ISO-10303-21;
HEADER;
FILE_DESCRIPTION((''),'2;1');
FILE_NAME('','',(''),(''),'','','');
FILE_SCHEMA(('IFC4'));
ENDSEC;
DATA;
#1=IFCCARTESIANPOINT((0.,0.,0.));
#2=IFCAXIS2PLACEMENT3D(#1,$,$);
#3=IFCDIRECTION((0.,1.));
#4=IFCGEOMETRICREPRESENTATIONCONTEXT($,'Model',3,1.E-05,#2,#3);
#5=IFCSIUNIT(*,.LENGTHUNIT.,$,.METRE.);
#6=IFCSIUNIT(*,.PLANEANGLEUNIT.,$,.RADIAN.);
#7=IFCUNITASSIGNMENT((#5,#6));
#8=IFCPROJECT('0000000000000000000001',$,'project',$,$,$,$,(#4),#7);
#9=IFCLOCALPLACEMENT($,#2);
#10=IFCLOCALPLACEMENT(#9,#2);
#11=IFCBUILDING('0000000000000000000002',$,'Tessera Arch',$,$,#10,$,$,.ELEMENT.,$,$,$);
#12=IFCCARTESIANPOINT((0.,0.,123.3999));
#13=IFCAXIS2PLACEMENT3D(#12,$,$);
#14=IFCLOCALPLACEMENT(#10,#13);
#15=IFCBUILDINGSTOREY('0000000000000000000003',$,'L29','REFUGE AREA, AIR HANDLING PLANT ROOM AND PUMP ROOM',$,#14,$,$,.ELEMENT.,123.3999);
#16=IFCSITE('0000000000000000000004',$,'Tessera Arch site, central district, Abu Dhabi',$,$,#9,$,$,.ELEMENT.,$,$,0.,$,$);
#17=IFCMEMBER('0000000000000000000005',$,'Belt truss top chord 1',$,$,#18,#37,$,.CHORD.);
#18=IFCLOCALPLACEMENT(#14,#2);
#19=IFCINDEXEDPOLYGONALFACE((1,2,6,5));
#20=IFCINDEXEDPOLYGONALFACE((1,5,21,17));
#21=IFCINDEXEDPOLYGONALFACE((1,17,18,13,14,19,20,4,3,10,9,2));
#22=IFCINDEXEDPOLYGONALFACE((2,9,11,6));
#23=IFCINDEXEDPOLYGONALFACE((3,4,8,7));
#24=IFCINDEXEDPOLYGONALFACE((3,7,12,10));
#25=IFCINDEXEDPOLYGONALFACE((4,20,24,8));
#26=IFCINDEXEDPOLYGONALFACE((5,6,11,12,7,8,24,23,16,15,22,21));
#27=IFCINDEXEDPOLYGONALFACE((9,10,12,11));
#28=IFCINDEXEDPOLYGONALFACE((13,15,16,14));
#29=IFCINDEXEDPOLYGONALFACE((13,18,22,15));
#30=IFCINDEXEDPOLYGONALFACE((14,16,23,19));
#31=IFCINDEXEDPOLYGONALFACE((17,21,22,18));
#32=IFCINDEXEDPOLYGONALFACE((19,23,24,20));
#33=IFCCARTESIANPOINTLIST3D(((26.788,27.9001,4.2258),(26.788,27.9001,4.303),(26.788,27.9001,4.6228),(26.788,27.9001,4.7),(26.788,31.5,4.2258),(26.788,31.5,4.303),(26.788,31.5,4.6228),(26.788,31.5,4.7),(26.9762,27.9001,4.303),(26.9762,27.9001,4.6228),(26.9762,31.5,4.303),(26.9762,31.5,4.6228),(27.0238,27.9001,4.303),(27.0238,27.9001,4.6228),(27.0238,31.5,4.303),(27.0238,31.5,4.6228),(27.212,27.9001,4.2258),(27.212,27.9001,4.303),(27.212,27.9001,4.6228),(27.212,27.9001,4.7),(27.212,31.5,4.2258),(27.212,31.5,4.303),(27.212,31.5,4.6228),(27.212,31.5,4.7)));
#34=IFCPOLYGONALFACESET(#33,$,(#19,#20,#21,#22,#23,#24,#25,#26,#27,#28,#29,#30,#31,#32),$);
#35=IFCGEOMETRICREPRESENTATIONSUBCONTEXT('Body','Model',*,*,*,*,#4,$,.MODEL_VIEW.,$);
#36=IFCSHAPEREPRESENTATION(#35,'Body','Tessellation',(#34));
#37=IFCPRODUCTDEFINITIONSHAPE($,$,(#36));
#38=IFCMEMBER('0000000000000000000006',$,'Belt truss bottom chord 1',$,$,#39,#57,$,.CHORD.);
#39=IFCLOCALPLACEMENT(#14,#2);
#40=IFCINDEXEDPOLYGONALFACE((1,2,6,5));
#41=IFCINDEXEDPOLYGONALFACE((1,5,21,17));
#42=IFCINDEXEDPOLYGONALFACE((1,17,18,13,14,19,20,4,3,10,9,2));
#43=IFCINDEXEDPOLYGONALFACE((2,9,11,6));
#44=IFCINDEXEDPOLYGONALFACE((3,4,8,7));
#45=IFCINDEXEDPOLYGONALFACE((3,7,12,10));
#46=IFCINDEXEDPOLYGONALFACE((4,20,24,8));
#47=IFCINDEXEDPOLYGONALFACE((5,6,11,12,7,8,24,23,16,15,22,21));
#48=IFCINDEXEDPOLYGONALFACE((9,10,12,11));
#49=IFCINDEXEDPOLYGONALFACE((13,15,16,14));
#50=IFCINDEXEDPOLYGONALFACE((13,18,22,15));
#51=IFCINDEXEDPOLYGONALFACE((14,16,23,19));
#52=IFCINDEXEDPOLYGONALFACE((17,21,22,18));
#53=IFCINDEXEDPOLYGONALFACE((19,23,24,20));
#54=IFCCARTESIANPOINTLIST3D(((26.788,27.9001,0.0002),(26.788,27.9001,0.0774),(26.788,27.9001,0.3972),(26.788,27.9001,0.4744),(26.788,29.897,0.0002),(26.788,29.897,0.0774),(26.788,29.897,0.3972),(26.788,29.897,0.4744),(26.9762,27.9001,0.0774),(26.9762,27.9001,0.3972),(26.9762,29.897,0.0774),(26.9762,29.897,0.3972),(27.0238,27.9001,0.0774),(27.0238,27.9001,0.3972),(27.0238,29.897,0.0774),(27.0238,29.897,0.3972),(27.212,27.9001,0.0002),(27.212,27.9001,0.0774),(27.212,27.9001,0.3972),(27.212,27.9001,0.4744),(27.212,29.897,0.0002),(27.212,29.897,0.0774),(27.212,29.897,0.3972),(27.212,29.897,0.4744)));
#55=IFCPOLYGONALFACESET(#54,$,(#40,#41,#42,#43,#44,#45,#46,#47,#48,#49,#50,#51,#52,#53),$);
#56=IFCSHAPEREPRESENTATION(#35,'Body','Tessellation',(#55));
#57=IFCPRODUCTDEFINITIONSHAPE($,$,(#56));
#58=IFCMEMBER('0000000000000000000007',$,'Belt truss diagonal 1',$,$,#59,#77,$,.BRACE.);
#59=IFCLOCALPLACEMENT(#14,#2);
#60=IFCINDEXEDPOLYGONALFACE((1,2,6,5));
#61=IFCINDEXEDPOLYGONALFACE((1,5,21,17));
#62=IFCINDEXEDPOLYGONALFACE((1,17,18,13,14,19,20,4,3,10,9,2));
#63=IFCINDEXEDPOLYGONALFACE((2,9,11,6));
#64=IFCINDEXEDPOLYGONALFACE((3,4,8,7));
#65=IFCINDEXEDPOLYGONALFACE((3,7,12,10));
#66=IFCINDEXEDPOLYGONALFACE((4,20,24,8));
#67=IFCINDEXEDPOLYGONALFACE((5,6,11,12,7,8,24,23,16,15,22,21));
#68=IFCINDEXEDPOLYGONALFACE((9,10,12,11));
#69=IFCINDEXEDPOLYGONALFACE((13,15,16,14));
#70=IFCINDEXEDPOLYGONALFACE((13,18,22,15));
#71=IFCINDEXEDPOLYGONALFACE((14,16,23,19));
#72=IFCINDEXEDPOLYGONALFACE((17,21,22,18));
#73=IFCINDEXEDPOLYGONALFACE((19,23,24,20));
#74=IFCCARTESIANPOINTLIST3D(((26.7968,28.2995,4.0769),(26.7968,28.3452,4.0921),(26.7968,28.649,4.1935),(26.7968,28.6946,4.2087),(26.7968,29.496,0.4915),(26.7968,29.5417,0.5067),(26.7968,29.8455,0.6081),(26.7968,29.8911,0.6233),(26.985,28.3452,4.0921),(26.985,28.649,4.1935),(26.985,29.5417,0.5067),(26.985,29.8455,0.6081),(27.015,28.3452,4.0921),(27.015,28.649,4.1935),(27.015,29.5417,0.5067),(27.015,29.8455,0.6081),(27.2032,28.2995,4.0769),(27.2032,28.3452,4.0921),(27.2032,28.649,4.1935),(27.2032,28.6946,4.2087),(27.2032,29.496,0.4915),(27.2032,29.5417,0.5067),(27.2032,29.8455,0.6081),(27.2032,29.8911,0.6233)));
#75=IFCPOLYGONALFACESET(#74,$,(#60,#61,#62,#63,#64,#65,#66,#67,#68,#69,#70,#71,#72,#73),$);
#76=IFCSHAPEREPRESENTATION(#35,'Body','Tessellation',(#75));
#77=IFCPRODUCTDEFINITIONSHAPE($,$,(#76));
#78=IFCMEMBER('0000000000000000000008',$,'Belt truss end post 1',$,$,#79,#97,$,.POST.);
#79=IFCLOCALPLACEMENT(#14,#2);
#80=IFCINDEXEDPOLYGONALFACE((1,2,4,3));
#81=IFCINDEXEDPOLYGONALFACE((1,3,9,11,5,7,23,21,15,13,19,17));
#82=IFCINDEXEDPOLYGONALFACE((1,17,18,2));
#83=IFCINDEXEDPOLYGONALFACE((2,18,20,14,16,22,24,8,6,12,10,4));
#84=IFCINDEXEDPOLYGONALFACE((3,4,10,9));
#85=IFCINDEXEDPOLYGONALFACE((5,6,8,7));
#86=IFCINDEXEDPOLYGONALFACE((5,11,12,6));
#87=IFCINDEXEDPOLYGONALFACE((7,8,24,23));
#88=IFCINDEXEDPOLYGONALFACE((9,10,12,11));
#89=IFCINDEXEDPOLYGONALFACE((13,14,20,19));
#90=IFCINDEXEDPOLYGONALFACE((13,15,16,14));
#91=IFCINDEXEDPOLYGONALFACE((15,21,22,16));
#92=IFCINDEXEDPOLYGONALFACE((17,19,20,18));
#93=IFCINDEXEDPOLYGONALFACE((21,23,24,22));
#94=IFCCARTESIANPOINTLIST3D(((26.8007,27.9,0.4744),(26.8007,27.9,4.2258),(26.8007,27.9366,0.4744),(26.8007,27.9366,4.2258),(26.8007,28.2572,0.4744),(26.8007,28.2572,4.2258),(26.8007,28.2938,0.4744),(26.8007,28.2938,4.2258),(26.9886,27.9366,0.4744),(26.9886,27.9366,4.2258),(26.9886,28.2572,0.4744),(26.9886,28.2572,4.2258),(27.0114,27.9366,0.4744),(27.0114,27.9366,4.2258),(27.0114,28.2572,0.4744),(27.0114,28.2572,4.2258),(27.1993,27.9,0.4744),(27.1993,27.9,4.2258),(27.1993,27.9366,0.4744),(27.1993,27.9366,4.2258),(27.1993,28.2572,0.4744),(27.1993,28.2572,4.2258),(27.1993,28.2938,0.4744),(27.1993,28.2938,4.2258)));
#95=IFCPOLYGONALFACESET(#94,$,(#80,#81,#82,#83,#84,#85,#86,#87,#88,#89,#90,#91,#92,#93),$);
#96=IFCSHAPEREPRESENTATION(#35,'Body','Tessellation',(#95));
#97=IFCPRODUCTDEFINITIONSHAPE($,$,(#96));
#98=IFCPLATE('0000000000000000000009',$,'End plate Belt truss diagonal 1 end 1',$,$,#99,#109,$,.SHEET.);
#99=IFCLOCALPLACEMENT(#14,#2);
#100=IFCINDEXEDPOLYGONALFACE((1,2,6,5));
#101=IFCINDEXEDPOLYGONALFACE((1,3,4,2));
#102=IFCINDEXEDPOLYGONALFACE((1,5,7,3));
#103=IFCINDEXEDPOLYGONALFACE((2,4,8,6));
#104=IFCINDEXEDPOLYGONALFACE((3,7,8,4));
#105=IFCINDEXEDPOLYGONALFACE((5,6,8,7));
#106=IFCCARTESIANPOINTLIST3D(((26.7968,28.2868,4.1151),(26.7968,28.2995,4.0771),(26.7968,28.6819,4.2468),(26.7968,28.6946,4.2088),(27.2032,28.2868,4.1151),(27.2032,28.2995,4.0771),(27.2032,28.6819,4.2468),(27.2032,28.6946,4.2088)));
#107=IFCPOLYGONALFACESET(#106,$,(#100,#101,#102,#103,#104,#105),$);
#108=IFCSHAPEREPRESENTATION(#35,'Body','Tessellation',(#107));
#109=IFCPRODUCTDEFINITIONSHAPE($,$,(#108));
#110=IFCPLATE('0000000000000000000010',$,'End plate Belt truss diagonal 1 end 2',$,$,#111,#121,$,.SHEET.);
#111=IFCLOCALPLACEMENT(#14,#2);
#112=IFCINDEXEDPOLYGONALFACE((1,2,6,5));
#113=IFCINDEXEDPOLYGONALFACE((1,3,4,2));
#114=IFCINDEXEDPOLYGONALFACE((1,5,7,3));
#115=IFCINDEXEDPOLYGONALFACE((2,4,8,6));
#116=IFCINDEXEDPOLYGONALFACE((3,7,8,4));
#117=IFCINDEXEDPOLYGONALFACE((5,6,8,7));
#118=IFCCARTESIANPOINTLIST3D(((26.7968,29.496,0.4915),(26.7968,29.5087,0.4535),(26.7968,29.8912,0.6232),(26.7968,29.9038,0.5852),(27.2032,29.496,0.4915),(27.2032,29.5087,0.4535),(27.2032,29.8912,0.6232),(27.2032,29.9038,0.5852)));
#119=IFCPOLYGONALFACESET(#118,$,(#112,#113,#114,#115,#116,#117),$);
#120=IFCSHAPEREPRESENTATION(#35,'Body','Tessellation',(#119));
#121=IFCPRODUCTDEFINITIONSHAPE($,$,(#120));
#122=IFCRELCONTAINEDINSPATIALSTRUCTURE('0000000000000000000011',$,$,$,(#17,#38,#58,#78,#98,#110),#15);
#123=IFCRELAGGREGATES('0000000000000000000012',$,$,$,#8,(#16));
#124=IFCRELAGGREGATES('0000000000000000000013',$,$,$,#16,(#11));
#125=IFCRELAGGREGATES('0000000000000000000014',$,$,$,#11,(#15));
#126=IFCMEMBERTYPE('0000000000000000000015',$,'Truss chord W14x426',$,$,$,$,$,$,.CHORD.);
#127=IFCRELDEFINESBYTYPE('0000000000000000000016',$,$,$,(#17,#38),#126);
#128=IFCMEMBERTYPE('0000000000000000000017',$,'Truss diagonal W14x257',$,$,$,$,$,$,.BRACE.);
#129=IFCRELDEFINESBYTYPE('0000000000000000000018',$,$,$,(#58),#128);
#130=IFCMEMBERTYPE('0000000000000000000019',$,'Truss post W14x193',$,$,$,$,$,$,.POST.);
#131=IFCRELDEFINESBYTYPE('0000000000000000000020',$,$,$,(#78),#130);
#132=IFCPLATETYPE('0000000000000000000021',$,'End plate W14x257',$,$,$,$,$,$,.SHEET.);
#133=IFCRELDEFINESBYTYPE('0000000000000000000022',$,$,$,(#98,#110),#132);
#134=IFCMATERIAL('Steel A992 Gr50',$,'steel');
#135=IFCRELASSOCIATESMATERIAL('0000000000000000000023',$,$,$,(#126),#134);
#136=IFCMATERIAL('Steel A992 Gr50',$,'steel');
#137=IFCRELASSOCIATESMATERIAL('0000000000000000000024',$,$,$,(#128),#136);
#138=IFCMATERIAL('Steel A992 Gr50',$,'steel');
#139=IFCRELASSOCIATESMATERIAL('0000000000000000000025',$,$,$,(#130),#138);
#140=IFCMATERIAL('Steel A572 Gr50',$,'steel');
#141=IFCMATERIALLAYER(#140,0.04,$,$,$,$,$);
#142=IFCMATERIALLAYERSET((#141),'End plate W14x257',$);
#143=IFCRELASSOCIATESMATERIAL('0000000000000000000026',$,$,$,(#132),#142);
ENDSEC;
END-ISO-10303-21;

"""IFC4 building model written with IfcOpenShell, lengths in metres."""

from ifc_helpers import new_model, si_unit, direction, frame, origin, origin_2d, place, context, subcontext, project, spatial, rectangle, i_section, extrude, material, layer, layer_set, material_profile, profile_set, type_object, element, save


model = new_model("IFC4")

# Units and contexts
model_context = context("Model", 3, precision=1e-05, world=origin(), true_north=direction((0.0, 1.0)))
body_context = subcontext(model_context, "Body", "Model", "MODEL_VIEW")
ifc_project = project(units=[si_unit("LENGTHUNIT", "METRE"), si_unit("PLANEANGLEUNIT", "RADIAN")], contexts=[model_context])

# Site, building, storey
site_placement = place(None, origin())
site = spatial("IfcSite", under=ifc_project, at=site_placement, Name="Tessera Arch site, central district, Abu Dhabi", CompositionType="ELEMENT", RefElevation=0.0)
building_placement = place(site_placement, origin())
building = spatial("IfcBuilding", under=site, at=building_placement, Name="Tessera Arch", CompositionType="ELEMENT")
storey_placement = place(building_placement, frame((0.0, 0.0, 123.3999)))
storey = spatial("IfcBuildingStorey", under=building, at=storey_placement, Name="L29", Description="REFUGE AREA, AIR HANDLING PLANT ROOM AND PUMP ROOM", CompositionType="ELEMENT", Elevation=123.3999)

# Members
ifc_material_1 = material(Name="Steel A992 Gr50", Category="steel")
ifc_material_profile_1 = material_profile(ifc_material_1, i_section(OverallWidth=0.4241, OverallDepth=0.4741, WebThickness=0.0476, FlangeThickness=0.0771, at=origin_2d()), Name="W14x426")
ifc_profile_set_1 = profile_set([ifc_material_profile_1], Name="Steel A992 Gr50")
member_type_1 = type_object("IfcMemberType", Name="Truss chord W14x426", PredefinedType="CHORD", material=ifc_profile_set_1)
member_1_placement = place(storey_placement, frame((27.0, 27.9001, 4.4629), z_axis=(0.0, 1.0, 0.0), x_axis=(-1.0, 0.0, 0.0)))
element("IfcMember", 1, at=member_1_placement, inside=storey, type_object=member_type_1, Name="Belt truss top chord 1", PredefinedType="CHORD", context=body_context, shape_type="SweptSolid", body=[
    extrude(i_section(OverallWidth=0.4241, OverallDepth=0.4741, WebThickness=0.0476, FlangeThickness=0.0771, at=origin_2d()), origin(), (0.0, 0.0, 1.0), 3.5999),
])
member_2_placement = place(storey_placement, frame((27.0, 27.9001, 0.2373), z_axis=(0.0, 1.0, 0.0), x_axis=(-1.0, 0.0, 0.0)))
element("IfcMember", 2, at=member_2_placement, inside=storey, type_object=member_type_1, Name="Belt truss bottom chord 1", PredefinedType="CHORD", context=body_context, shape_type="SweptSolid", body=[
    extrude(i_section(OverallWidth=0.4241, OverallDepth=0.4741, WebThickness=0.0476, FlangeThickness=0.0771, at=origin_2d()), origin(), (0.0, 0.0, 1.0), 1.9968),
])
ifc_material_2 = material(Name="Steel A992 Gr50", Category="steel")
ifc_material_profile_2 = material_profile(ifc_material_2, i_section(OverallWidth=0.4065, OverallDepth=0.4165, WebThickness=0.03, FlangeThickness=0.0481, at=origin_2d()), Name="W14x257")
ifc_profile_set_2 = profile_set([ifc_material_profile_2], Name="Steel A992 Gr50")
member_type_2 = type_object("IfcMemberType", Name="Truss diagonal W14x257", PredefinedType="BRACE", material=ifc_profile_set_2)
member_3_placement = place(storey_placement, frame((27.0, 28.4971, 4.1428), z_axis=(0.0, 0.316557, -0.948573), x_axis=(-1.0, 0.0, 0.0)))
element("IfcMember", 3, at=member_3_placement, inside=storey, type_object=member_type_2, Name="Belt truss diagonal 1", PredefinedType="BRACE", context=body_context, shape_type="SweptSolid", body=[
    extrude(i_section(OverallWidth=0.4065, OverallDepth=0.4165, WebThickness=0.03, FlangeThickness=0.0481, at=origin_2d()), origin(), (0.0, 0.0, 1.0), 3.7798),
])
ifc_material_3 = material(Name="Steel A992 Gr50", Category="steel")
ifc_material_profile_3 = material_profile(ifc_material_3, i_section(OverallWidth=0.3987, OverallDepth=0.3938, WebThickness=0.0227, FlangeThickness=0.0366, at=origin_2d()), Name="W14x193")
ifc_profile_set_3 = profile_set([ifc_material_profile_3], Name="Steel A992 Gr50")
member_type_3 = type_object("IfcMemberType", Name="Truss post W14x193", PredefinedType="POST", material=ifc_profile_set_3)
member_4_placement = place(storey_placement, frame((27.0, 28.0969, 0.4744), z_axis=(0.0, 0.0, 1.0), x_axis=(1.0, 0.0, 0.0)))
element("IfcMember", 4, at=member_4_placement, inside=storey, type_object=member_type_3, Name="Belt truss end post 1", PredefinedType="POST", context=body_context, shape_type="SweptSolid", body=[
    extrude(i_section(OverallWidth=0.3987, OverallDepth=0.3938, WebThickness=0.0227, FlangeThickness=0.0366, at=origin_2d()), origin(), (0.0, 0.0, 1.0), 3.7515),
])

# Plates
ifc_material_4 = material(Name="Steel A572 Gr50", Category="steel")
ifc_layer_1 = layer(ifc_material_4, 0.04)
ifc_layer_set_1 = layer_set([ifc_layer_1], Name="End plate W14x257")
plate_type = type_object("IfcPlateType", Name="End plate W14x257", PredefinedType="SHEET", material=ifc_layer_set_1)
for number, where, z_axis, x_axis, name in (
    (5, (27.0, 28.4844, 4.1809), (0.0, 0.316228, -0.948683), (-1.0, 0.0, 0.0), "End plate Belt truss diagonal 1 end 1"),
    (6, (27.0, 29.6936, 0.5574), (0.0, 0.316228, -0.948683), (-1.0, 0.0, 0.0), "End plate Belt truss diagonal 1 end 2"),
):
    element("IfcPlate", number, at=place(storey_placement, frame(where, z_axis=z_axis, x_axis=x_axis)), inside=storey, type_object=plate_type, Name=name, PredefinedType="SHEET", context=body_context, shape_type="SweptSolid", body=[
        extrude(rectangle(XDim=0.4065, YDim=0.4165, at=origin_2d()), origin(), (0.0, 0.0, 1.0), 0.04),
    ])

save(model, "model.ifc")
